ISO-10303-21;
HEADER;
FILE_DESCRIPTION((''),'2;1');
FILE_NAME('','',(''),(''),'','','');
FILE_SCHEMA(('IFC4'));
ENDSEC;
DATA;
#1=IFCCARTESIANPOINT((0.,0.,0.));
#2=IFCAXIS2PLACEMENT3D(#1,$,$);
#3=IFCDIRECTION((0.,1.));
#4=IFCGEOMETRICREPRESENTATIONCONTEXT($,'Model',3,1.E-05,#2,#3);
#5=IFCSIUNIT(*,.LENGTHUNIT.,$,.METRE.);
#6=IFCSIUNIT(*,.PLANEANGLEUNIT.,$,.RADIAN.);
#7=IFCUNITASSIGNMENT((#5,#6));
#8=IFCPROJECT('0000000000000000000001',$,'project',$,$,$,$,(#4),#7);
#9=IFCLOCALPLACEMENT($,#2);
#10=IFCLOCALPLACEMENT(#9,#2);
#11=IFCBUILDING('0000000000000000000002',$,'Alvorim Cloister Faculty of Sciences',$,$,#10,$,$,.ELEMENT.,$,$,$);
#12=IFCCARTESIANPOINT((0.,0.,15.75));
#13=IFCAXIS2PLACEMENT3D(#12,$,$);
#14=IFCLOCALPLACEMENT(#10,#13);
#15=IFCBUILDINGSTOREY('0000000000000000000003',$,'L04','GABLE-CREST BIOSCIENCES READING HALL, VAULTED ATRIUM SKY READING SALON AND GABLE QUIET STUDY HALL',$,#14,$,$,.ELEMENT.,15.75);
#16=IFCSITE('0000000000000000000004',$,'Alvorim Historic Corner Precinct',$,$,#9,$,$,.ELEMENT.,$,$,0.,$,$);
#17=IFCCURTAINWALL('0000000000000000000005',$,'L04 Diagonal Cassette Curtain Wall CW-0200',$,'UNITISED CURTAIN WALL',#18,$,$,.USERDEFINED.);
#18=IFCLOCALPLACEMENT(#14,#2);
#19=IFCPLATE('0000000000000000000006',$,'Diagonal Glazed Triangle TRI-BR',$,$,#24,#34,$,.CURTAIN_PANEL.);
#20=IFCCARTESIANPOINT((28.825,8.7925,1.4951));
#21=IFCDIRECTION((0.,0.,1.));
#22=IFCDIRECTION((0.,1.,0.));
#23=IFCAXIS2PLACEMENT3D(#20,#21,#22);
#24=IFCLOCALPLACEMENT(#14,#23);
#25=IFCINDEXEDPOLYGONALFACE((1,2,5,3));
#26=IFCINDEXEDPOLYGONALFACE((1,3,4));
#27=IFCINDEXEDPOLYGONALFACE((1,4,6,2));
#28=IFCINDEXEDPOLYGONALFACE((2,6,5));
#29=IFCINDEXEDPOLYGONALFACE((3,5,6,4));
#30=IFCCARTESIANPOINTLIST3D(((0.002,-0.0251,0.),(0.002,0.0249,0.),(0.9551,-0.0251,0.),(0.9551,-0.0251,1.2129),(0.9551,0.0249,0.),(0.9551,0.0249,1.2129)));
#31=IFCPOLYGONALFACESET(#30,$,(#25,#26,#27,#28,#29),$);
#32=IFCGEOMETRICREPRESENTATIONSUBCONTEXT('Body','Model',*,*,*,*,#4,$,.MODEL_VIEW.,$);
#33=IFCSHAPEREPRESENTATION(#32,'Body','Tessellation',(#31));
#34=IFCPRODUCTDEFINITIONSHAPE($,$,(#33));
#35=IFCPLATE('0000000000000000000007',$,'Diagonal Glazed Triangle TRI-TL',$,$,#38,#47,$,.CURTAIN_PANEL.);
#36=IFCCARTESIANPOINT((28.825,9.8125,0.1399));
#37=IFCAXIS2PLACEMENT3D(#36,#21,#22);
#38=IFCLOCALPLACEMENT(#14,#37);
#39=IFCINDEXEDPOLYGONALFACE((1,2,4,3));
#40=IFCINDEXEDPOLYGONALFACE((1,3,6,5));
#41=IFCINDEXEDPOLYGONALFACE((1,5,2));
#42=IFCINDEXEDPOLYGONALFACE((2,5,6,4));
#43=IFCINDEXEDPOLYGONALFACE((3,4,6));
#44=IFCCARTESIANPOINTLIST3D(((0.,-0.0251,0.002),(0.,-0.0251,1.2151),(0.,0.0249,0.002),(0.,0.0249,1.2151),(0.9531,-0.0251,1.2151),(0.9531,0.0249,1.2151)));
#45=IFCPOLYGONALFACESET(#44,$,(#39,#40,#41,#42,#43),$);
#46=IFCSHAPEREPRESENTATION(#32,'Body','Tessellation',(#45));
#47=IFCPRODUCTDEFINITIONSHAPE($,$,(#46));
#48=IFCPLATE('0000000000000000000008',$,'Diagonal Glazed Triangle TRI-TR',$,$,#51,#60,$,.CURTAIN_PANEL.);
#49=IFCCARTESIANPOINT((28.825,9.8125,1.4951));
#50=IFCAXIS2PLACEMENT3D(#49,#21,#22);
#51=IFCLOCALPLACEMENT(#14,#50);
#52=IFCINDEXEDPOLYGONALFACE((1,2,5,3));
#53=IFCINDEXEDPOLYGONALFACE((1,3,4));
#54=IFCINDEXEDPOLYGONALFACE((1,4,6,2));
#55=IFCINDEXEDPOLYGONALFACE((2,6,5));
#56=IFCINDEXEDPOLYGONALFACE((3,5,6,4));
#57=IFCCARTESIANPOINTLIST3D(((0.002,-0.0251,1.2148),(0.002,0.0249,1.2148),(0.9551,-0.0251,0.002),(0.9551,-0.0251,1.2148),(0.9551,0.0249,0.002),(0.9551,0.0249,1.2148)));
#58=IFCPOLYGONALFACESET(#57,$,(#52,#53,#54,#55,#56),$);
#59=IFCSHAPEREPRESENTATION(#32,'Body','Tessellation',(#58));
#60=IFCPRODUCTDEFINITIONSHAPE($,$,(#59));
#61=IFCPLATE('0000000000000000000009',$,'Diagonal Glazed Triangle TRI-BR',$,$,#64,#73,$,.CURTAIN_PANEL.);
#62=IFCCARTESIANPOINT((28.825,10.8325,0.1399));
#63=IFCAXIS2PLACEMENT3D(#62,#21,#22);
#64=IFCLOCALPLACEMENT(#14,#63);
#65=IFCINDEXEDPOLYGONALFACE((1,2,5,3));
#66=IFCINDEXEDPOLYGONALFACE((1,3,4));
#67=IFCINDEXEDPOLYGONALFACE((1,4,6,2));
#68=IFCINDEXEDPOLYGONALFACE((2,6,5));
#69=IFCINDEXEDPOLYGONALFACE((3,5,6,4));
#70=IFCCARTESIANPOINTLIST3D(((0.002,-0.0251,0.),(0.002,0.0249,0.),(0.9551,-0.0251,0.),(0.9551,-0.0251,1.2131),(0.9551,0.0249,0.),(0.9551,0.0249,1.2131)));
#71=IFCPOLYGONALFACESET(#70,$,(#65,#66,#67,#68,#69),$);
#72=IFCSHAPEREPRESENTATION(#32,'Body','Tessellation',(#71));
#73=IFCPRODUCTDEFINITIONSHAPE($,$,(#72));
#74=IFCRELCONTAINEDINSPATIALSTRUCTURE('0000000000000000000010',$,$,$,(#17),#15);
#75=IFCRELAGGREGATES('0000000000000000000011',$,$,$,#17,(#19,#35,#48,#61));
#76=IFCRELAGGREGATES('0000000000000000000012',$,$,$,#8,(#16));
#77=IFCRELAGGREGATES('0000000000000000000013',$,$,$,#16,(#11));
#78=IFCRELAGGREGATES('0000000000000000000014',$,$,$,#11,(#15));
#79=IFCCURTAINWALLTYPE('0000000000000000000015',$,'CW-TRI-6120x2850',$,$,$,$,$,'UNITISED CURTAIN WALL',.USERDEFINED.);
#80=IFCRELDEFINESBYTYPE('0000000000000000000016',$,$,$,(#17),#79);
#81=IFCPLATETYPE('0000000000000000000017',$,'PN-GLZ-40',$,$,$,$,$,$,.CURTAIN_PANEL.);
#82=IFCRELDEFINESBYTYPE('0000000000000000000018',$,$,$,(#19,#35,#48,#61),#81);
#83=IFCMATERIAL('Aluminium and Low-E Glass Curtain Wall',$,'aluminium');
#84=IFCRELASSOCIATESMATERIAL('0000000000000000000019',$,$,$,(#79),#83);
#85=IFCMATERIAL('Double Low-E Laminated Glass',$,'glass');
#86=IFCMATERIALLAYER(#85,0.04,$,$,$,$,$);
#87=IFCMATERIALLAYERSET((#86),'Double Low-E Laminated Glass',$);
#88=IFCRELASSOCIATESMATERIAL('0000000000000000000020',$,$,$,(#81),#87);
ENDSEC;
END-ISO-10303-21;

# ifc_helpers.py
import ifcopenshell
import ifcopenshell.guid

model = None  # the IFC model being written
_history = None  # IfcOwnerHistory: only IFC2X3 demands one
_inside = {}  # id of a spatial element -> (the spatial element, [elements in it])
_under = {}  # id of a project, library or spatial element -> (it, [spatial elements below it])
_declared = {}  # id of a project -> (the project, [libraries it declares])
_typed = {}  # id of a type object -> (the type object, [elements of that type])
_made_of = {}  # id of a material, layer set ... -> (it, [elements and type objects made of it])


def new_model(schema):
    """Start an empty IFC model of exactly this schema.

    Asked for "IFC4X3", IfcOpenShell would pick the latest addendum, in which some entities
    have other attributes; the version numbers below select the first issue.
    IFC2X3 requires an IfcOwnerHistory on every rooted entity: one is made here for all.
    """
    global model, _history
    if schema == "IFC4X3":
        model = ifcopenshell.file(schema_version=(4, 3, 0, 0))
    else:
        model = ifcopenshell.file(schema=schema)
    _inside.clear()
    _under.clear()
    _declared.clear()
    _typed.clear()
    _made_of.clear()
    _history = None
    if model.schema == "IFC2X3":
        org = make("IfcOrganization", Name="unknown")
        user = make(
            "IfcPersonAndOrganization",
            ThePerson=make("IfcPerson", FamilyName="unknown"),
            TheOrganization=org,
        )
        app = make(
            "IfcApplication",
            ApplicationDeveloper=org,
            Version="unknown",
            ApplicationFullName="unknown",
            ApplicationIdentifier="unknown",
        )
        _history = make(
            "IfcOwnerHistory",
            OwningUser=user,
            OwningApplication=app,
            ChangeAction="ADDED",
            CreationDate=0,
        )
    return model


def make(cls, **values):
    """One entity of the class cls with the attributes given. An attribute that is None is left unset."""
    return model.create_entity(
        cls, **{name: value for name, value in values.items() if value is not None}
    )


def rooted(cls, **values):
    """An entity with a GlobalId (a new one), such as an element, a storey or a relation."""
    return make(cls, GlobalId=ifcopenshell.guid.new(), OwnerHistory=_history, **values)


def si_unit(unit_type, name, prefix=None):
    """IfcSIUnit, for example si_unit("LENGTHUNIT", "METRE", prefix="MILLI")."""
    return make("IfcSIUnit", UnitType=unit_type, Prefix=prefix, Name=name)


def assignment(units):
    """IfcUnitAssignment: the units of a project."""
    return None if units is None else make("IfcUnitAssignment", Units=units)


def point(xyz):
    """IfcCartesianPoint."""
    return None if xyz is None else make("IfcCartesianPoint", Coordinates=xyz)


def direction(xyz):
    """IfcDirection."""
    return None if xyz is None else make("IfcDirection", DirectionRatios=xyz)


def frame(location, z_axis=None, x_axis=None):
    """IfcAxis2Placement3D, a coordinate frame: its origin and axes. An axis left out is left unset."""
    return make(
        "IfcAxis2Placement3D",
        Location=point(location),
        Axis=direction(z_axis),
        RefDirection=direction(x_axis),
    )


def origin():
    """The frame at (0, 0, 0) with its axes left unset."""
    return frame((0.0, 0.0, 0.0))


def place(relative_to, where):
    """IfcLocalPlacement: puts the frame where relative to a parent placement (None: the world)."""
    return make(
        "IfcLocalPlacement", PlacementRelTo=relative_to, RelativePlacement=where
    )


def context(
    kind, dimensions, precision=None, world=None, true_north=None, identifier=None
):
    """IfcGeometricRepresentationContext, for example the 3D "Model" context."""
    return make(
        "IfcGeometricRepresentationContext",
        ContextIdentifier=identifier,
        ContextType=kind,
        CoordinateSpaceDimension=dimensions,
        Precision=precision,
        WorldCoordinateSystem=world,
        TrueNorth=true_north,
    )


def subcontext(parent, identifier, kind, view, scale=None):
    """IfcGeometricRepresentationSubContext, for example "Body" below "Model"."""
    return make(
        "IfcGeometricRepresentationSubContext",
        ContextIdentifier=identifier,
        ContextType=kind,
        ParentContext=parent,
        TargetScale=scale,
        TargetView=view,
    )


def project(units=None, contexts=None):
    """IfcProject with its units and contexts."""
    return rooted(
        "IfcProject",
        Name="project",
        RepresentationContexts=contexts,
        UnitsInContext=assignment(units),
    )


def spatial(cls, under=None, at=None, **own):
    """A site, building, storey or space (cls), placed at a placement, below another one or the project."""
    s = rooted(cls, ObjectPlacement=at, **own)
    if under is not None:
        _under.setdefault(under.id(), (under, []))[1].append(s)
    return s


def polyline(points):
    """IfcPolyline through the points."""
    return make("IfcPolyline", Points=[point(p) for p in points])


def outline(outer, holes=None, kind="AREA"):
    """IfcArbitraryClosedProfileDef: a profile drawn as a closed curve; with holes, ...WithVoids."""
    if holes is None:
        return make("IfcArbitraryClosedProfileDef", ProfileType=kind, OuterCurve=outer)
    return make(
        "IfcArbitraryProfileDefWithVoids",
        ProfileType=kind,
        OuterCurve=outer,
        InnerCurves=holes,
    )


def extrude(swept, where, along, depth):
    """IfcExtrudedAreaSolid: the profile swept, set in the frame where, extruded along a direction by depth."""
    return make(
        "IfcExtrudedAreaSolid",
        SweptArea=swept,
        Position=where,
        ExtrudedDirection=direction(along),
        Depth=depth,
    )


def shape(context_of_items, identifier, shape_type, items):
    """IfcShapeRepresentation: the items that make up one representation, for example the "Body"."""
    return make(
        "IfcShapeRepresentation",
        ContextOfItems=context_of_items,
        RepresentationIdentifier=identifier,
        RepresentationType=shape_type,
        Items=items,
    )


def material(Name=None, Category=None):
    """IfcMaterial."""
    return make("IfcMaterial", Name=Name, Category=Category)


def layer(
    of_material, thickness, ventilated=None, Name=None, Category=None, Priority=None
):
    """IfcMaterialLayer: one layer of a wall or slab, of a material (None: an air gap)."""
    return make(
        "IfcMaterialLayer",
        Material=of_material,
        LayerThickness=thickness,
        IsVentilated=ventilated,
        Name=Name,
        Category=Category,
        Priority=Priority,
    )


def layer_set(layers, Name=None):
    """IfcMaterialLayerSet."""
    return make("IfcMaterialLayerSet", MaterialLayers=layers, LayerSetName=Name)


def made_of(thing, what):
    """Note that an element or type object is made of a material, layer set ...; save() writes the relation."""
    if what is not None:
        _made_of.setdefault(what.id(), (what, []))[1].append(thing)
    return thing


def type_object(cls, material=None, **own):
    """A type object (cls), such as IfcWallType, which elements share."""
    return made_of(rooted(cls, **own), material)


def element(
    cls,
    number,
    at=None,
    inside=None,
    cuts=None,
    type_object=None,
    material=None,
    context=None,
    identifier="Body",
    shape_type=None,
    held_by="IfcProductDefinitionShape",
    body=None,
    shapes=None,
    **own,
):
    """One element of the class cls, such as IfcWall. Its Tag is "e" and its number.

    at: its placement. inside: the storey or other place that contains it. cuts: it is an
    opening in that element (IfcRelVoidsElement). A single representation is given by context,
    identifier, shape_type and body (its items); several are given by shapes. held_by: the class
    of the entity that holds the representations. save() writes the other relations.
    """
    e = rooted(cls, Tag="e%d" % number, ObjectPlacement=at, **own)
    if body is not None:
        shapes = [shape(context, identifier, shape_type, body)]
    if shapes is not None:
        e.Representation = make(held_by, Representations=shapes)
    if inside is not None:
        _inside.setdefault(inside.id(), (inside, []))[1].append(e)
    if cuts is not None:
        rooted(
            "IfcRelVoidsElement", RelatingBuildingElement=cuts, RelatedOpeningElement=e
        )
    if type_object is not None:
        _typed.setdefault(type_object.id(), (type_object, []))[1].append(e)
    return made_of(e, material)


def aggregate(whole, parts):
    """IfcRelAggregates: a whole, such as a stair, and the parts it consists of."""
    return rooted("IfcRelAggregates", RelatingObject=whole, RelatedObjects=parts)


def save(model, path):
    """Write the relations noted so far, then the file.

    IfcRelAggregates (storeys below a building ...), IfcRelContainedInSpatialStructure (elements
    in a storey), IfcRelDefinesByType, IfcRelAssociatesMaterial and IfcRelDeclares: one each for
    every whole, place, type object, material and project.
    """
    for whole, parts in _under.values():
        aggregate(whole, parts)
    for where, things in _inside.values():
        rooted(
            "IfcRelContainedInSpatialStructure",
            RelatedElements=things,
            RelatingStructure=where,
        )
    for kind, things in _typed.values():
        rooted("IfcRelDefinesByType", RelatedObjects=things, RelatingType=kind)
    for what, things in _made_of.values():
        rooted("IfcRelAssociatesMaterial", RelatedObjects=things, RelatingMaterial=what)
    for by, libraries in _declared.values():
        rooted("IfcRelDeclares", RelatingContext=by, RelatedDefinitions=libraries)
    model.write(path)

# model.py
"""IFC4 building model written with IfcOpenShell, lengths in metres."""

from ifc_helpers import new_model, si_unit, direction, frame, origin, place, context, subcontext, project, spatial, polyline, outline, extrude, material, layer, layer_set, type_object, element, aggregate, save


model = new_model("IFC4")

# Units and contexts
model_context = context("Model", 3, precision=1e-05, world=origin(), true_north=direction((0.0, 1.0)))
body_context = subcontext(model_context, "Body", "Model", "MODEL_VIEW")
ifc_project = project(units=[si_unit("LENGTHUNIT", "METRE"), si_unit("PLANEANGLEUNIT", "RADIAN")], contexts=[model_context])

# Site, building, storey
site_placement = place(None, origin())
site = spatial("IfcSite", under=ifc_project, at=site_placement, Name="Alvorim Historic Corner Precinct", CompositionType="ELEMENT", RefElevation=0.0)
building_placement = place(site_placement, origin())
building = spatial("IfcBuilding", under=site, at=building_placement, Name="Alvorim Cloister Faculty of Sciences", CompositionType="ELEMENT")
storey_placement = place(building_placement, frame((0.0, 0.0, 15.75)))
storey = spatial("IfcBuildingStorey", under=building, at=storey_placement, Name="L04", Description="GABLE-CREST BIOSCIENCES READING HALL, VAULTED ATRIUM SKY READING SALON AND GABLE QUIET STUDY HALL", CompositionType="ELEMENT", Elevation=15.75)

# Curtain wall, plates
ifc_material_1 = material(Name="Aluminium and Low-E Glass Curtain Wall", Category="aluminium")
curtain_wall_type = type_object("IfcCurtainWallType", Name="CW-TRI-6120x2850", ElementType="UNITISED CURTAIN WALL", PredefinedType="USERDEFINED", material=ifc_material_1)
curtain_wall_placement = place(storey_placement, origin())
curtain_wall = element("IfcCurtainWall", 1, at=curtain_wall_placement, inside=storey, type_object=curtain_wall_type, Name="L04 Diagonal Cassette Curtain Wall CW-0200", ObjectType="UNITISED CURTAIN WALL", PredefinedType="USERDEFINED")
ifc_material_2 = material(Name="Double Low-E Laminated Glass", Category="glass")
ifc_layer = layer(ifc_material_2, 0.04)
ifc_layer_set = layer_set([ifc_layer], Name="Double Low-E Laminated Glass")
plate_type = type_object("IfcPlateType", Name="PN-GLZ-40", PredefinedType="CURTAIN_PANEL", material=ifc_layer_set)
plate_1_placement = place(storey_placement, frame((28.825, 8.7925, 1.4951), z_axis=(0.0, 0.0, 1.0), x_axis=(0.0, 1.0, 0.0)))
plate_1 = element("IfcPlate", 2, at=plate_1_placement, type_object=plate_type, Name="Diagonal Glazed Triangle TRI-BR", PredefinedType="CURTAIN_PANEL", context=body_context, shape_type="SweptSolid", body=[
    extrude(outline(polyline([(0.002, 0.0), (0.9551, 0.0), (0.9551, 1.2129), (0.002, 0.0)])), frame((0.0, 0.0249, 0.0), z_axis=(0.0, -1.0, 0.0), x_axis=(1.0, 0.0, 0.0)), (0.0, 0.0, 1.0), 0.05),
])
plate_2_placement = place(storey_placement, frame((28.825, 9.8125, 0.1399), z_axis=(0.0, 0.0, 1.0), x_axis=(0.0, 1.0, 0.0)))
plate_2 = element("IfcPlate", 3, at=plate_2_placement, type_object=plate_type, Name="Diagonal Glazed Triangle TRI-TL", PredefinedType="CURTAIN_PANEL", context=body_context, shape_type="SweptSolid", body=[
    extrude(outline(polyline([(0.9531, 1.2151), (0.0, 1.2151), (0.0, 0.002), (0.9531, 1.2151)])), frame((0.0, 0.0249, 0.0), z_axis=(0.0, -1.0, 0.0), x_axis=(1.0, 0.0, 0.0)), (0.0, 0.0, 1.0), 0.05),
])
plate_3_placement = place(storey_placement, frame((28.825, 9.8125, 1.4951), z_axis=(0.0, 0.0, 1.0), x_axis=(0.0, 1.0, 0.0)))
plate_3 = element("IfcPlate", 4, at=plate_3_placement, type_object=plate_type, Name="Diagonal Glazed Triangle TRI-TR", PredefinedType="CURTAIN_PANEL", context=body_context, shape_type="SweptSolid", body=[
    extrude(outline(polyline([(0.9551, 0.002), (0.9551, 1.2148), (0.002, 1.2148), (0.9551, 0.002)])), frame((0.0, 0.0249, 0.0), z_axis=(0.0, -1.0, 0.0), x_axis=(1.0, 0.0, 0.0)), (0.0, 0.0, 1.0), 0.05),
])
plate_4_placement = place(storey_placement, frame((28.825, 10.8325, 0.1399), z_axis=(0.0, 0.0, 1.0), x_axis=(0.0, 1.0, 0.0)))
plate_4 = element("IfcPlate", 5, at=plate_4_placement, type_object=plate_type, Name="Diagonal Glazed Triangle TRI-BR", PredefinedType="CURTAIN_PANEL", context=body_context, shape_type="SweptSolid", body=[
    extrude(outline(polyline([(0.002, 0.0), (0.9551, 0.0), (0.9551, 1.2131), (0.002, 0.0)])), frame((0.0, 0.0249, 0.0), z_axis=(0.0, -1.0, 0.0), x_axis=(1.0, 0.0, 0.0)), (0.0, 0.0, 1.0), 0.05),
])
aggregate(curtain_wall, [plate_1, plate_2, plate_3, plate_4])

save(model, "model.ifc")
